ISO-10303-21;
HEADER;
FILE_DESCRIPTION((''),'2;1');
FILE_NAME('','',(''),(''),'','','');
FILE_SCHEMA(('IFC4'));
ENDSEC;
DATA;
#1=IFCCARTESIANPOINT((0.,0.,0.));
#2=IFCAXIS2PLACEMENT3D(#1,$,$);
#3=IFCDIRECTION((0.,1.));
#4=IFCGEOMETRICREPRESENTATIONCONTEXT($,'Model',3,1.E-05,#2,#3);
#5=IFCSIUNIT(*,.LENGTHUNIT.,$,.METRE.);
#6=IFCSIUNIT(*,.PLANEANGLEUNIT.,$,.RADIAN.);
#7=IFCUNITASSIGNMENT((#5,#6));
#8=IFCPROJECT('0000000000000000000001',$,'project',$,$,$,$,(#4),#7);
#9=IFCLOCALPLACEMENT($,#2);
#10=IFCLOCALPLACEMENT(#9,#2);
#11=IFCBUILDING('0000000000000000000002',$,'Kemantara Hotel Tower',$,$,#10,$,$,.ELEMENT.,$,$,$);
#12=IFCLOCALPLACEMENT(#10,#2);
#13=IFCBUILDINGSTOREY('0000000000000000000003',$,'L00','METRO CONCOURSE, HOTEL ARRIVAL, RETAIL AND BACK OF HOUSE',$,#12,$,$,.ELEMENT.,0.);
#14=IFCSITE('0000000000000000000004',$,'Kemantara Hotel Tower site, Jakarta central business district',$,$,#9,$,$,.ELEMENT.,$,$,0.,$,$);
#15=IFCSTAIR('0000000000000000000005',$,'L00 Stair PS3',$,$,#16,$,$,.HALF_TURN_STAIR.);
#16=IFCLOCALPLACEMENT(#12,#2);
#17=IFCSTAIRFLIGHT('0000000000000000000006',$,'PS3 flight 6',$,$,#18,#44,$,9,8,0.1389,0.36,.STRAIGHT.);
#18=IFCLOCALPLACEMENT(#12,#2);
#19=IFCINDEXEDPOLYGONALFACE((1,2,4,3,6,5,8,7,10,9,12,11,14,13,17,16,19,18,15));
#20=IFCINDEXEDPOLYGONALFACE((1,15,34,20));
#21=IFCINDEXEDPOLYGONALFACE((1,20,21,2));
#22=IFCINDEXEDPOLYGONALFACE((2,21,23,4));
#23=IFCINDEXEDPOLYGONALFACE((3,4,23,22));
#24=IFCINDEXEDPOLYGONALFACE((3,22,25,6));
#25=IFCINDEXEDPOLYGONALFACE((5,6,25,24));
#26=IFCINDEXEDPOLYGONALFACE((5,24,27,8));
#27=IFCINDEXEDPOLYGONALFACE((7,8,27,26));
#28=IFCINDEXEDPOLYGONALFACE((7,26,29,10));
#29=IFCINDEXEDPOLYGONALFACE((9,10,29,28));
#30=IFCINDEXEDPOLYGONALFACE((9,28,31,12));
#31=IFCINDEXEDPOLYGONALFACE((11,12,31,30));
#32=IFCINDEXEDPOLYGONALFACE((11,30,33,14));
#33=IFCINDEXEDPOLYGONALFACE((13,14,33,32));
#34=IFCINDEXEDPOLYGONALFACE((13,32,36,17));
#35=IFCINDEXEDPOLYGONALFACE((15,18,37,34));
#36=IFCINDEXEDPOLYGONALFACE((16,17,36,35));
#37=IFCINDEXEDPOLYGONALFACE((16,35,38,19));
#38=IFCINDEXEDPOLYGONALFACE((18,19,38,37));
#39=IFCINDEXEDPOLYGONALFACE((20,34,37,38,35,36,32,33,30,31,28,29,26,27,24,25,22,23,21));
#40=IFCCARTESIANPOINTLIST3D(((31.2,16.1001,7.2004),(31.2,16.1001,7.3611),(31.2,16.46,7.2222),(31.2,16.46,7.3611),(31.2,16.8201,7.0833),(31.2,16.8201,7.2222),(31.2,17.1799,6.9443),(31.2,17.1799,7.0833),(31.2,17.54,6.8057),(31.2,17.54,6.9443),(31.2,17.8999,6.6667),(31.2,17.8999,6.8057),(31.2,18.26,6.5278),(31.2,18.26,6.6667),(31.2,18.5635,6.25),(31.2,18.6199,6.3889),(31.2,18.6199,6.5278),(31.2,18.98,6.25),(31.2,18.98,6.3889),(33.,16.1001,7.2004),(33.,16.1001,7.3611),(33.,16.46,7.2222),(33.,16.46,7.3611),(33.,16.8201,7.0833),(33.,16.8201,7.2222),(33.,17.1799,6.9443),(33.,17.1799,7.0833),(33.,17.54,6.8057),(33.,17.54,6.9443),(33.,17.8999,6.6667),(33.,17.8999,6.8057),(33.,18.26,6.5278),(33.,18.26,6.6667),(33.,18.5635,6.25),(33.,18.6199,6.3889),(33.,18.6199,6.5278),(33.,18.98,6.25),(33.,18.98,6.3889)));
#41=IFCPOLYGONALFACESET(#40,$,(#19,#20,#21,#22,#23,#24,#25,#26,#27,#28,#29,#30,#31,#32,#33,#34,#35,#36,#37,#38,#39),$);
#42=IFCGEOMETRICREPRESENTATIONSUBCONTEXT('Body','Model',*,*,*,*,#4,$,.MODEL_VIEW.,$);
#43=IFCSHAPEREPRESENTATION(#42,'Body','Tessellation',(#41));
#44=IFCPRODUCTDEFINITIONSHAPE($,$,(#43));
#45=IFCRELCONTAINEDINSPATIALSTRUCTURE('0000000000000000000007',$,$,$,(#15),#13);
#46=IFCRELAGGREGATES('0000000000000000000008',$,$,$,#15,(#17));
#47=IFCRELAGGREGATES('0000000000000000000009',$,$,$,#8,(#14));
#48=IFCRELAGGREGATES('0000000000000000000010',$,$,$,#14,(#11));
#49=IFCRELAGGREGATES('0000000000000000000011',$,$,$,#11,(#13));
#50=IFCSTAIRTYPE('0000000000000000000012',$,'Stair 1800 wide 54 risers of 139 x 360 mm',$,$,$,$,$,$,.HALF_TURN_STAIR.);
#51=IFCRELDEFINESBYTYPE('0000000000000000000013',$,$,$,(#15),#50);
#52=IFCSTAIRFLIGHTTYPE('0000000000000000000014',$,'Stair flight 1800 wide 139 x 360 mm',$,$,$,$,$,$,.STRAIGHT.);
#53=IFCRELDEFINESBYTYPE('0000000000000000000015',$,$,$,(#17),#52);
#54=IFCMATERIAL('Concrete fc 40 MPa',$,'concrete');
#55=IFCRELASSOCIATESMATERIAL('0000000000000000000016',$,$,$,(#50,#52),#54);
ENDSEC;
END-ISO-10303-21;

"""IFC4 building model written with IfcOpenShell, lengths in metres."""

from ifc_helpers import new_model, si_unit, direction, frame, origin, place, context, subcontext, project, spatial, polyline, outline, extrude, material, type_object, element, aggregate, save


model = new_model("IFC4")

# Units and contexts
model_context = context("Model", 3, precision=1e-05, world=origin(), true_north=direction((0.0, 1.0)))
body_context = subcontext(model_context, "Body", "Model", "MODEL_VIEW")
ifc_project = project(units=[si_unit("LENGTHUNIT", "METRE"), si_unit("PLANEANGLEUNIT", "RADIAN")], contexts=[model_context])

# Site, building, storey
site_placement = place(None, origin())
site = spatial("IfcSite", under=ifc_project, at=site_placement, Name="Kemantara Hotel Tower site, Jakarta central business district", CompositionType="ELEMENT", RefElevation=0.0)
building_placement = place(site_placement, origin())
building = spatial("IfcBuilding", under=site, at=building_placement, Name="Kemantara Hotel Tower", CompositionType="ELEMENT")
storey_placement = place(building_placement, origin())
storey = spatial("IfcBuildingStorey", under=building, at=storey_placement, Name="L00", Description="METRO CONCOURSE, HOTEL ARRIVAL, RETAIL AND BACK OF HOUSE", CompositionType="ELEMENT", Elevation=0.0)

# Shared definitions
ifc_material_1 = material(Name="Concrete fc 40 MPa", Category="concrete")

# Shared definitions
stair_type = type_object("IfcStairType", Name="Stair 1800 wide 54 risers of 139 x 360 mm", PredefinedType="HALF_TURN_STAIR", material=ifc_material_1)
stair_flight_type = type_object("IfcStairFlightType", Name="Stair flight 1800 wide 139 x 360 mm", PredefinedType="STRAIGHT", material=ifc_material_1)

# Stair, stair flight
stair_1_placement = place(storey_placement, origin())
stair_1 = element("IfcStair", 1, at=stair_1_placement, inside=storey, type_object=stair_type, Name="L00 Stair PS3", PredefinedType="HALF_TURN_STAIR")
stair_flight_1_placement = place(storey_placement, frame((32.1001, 18.98, 6.25), z_axis=(0.0, 0.0, 1.0), x_axis=(0.0, -1.0, 0.0)))
stair_flight_1 = element("IfcStairFlight", 2, at=stair_flight_1_placement, type_object=stair_flight_type, Name="PS3 flight 6", NumberOfRisers=9, NumberOfTreads=8, PredefinedType="STRAIGHT", RiserHeight=0.1389, TreadLength=0.36, context=body_context, shape_type="SweptSolid", body=[
    extrude(outline(polyline([(0.0, 0.0), (0.0, 0.1389), (0.3601, 0.1389), (0.3601, 0.2778), (0.72, 0.2778), (0.72, 0.4167), (1.0801, 0.4167), (1.0801, 0.5557), (1.4399, 0.5557), (1.4399, 0.6943), (1.8, 0.6943), (1.8, 0.8333), (2.1599, 0.8333), (2.1599, 0.9722), (2.52, 0.9722), (2.52, 1.1111), (2.8799, 1.1111), (2.8799, 1.25), (2.8799, 0.9504), (0.4165, 0.0), (0.0, 0.0)])), frame((0.0, 0.8999, 0.0), z_axis=(0.0, -1.0, 0.0), x_axis=(1.0, 0.0, 0.0)), (0.0, 0.0, 1.0), 1.8),
])
aggregate(stair_1, [stair_flight_1])

save(model, "model.ifc")
